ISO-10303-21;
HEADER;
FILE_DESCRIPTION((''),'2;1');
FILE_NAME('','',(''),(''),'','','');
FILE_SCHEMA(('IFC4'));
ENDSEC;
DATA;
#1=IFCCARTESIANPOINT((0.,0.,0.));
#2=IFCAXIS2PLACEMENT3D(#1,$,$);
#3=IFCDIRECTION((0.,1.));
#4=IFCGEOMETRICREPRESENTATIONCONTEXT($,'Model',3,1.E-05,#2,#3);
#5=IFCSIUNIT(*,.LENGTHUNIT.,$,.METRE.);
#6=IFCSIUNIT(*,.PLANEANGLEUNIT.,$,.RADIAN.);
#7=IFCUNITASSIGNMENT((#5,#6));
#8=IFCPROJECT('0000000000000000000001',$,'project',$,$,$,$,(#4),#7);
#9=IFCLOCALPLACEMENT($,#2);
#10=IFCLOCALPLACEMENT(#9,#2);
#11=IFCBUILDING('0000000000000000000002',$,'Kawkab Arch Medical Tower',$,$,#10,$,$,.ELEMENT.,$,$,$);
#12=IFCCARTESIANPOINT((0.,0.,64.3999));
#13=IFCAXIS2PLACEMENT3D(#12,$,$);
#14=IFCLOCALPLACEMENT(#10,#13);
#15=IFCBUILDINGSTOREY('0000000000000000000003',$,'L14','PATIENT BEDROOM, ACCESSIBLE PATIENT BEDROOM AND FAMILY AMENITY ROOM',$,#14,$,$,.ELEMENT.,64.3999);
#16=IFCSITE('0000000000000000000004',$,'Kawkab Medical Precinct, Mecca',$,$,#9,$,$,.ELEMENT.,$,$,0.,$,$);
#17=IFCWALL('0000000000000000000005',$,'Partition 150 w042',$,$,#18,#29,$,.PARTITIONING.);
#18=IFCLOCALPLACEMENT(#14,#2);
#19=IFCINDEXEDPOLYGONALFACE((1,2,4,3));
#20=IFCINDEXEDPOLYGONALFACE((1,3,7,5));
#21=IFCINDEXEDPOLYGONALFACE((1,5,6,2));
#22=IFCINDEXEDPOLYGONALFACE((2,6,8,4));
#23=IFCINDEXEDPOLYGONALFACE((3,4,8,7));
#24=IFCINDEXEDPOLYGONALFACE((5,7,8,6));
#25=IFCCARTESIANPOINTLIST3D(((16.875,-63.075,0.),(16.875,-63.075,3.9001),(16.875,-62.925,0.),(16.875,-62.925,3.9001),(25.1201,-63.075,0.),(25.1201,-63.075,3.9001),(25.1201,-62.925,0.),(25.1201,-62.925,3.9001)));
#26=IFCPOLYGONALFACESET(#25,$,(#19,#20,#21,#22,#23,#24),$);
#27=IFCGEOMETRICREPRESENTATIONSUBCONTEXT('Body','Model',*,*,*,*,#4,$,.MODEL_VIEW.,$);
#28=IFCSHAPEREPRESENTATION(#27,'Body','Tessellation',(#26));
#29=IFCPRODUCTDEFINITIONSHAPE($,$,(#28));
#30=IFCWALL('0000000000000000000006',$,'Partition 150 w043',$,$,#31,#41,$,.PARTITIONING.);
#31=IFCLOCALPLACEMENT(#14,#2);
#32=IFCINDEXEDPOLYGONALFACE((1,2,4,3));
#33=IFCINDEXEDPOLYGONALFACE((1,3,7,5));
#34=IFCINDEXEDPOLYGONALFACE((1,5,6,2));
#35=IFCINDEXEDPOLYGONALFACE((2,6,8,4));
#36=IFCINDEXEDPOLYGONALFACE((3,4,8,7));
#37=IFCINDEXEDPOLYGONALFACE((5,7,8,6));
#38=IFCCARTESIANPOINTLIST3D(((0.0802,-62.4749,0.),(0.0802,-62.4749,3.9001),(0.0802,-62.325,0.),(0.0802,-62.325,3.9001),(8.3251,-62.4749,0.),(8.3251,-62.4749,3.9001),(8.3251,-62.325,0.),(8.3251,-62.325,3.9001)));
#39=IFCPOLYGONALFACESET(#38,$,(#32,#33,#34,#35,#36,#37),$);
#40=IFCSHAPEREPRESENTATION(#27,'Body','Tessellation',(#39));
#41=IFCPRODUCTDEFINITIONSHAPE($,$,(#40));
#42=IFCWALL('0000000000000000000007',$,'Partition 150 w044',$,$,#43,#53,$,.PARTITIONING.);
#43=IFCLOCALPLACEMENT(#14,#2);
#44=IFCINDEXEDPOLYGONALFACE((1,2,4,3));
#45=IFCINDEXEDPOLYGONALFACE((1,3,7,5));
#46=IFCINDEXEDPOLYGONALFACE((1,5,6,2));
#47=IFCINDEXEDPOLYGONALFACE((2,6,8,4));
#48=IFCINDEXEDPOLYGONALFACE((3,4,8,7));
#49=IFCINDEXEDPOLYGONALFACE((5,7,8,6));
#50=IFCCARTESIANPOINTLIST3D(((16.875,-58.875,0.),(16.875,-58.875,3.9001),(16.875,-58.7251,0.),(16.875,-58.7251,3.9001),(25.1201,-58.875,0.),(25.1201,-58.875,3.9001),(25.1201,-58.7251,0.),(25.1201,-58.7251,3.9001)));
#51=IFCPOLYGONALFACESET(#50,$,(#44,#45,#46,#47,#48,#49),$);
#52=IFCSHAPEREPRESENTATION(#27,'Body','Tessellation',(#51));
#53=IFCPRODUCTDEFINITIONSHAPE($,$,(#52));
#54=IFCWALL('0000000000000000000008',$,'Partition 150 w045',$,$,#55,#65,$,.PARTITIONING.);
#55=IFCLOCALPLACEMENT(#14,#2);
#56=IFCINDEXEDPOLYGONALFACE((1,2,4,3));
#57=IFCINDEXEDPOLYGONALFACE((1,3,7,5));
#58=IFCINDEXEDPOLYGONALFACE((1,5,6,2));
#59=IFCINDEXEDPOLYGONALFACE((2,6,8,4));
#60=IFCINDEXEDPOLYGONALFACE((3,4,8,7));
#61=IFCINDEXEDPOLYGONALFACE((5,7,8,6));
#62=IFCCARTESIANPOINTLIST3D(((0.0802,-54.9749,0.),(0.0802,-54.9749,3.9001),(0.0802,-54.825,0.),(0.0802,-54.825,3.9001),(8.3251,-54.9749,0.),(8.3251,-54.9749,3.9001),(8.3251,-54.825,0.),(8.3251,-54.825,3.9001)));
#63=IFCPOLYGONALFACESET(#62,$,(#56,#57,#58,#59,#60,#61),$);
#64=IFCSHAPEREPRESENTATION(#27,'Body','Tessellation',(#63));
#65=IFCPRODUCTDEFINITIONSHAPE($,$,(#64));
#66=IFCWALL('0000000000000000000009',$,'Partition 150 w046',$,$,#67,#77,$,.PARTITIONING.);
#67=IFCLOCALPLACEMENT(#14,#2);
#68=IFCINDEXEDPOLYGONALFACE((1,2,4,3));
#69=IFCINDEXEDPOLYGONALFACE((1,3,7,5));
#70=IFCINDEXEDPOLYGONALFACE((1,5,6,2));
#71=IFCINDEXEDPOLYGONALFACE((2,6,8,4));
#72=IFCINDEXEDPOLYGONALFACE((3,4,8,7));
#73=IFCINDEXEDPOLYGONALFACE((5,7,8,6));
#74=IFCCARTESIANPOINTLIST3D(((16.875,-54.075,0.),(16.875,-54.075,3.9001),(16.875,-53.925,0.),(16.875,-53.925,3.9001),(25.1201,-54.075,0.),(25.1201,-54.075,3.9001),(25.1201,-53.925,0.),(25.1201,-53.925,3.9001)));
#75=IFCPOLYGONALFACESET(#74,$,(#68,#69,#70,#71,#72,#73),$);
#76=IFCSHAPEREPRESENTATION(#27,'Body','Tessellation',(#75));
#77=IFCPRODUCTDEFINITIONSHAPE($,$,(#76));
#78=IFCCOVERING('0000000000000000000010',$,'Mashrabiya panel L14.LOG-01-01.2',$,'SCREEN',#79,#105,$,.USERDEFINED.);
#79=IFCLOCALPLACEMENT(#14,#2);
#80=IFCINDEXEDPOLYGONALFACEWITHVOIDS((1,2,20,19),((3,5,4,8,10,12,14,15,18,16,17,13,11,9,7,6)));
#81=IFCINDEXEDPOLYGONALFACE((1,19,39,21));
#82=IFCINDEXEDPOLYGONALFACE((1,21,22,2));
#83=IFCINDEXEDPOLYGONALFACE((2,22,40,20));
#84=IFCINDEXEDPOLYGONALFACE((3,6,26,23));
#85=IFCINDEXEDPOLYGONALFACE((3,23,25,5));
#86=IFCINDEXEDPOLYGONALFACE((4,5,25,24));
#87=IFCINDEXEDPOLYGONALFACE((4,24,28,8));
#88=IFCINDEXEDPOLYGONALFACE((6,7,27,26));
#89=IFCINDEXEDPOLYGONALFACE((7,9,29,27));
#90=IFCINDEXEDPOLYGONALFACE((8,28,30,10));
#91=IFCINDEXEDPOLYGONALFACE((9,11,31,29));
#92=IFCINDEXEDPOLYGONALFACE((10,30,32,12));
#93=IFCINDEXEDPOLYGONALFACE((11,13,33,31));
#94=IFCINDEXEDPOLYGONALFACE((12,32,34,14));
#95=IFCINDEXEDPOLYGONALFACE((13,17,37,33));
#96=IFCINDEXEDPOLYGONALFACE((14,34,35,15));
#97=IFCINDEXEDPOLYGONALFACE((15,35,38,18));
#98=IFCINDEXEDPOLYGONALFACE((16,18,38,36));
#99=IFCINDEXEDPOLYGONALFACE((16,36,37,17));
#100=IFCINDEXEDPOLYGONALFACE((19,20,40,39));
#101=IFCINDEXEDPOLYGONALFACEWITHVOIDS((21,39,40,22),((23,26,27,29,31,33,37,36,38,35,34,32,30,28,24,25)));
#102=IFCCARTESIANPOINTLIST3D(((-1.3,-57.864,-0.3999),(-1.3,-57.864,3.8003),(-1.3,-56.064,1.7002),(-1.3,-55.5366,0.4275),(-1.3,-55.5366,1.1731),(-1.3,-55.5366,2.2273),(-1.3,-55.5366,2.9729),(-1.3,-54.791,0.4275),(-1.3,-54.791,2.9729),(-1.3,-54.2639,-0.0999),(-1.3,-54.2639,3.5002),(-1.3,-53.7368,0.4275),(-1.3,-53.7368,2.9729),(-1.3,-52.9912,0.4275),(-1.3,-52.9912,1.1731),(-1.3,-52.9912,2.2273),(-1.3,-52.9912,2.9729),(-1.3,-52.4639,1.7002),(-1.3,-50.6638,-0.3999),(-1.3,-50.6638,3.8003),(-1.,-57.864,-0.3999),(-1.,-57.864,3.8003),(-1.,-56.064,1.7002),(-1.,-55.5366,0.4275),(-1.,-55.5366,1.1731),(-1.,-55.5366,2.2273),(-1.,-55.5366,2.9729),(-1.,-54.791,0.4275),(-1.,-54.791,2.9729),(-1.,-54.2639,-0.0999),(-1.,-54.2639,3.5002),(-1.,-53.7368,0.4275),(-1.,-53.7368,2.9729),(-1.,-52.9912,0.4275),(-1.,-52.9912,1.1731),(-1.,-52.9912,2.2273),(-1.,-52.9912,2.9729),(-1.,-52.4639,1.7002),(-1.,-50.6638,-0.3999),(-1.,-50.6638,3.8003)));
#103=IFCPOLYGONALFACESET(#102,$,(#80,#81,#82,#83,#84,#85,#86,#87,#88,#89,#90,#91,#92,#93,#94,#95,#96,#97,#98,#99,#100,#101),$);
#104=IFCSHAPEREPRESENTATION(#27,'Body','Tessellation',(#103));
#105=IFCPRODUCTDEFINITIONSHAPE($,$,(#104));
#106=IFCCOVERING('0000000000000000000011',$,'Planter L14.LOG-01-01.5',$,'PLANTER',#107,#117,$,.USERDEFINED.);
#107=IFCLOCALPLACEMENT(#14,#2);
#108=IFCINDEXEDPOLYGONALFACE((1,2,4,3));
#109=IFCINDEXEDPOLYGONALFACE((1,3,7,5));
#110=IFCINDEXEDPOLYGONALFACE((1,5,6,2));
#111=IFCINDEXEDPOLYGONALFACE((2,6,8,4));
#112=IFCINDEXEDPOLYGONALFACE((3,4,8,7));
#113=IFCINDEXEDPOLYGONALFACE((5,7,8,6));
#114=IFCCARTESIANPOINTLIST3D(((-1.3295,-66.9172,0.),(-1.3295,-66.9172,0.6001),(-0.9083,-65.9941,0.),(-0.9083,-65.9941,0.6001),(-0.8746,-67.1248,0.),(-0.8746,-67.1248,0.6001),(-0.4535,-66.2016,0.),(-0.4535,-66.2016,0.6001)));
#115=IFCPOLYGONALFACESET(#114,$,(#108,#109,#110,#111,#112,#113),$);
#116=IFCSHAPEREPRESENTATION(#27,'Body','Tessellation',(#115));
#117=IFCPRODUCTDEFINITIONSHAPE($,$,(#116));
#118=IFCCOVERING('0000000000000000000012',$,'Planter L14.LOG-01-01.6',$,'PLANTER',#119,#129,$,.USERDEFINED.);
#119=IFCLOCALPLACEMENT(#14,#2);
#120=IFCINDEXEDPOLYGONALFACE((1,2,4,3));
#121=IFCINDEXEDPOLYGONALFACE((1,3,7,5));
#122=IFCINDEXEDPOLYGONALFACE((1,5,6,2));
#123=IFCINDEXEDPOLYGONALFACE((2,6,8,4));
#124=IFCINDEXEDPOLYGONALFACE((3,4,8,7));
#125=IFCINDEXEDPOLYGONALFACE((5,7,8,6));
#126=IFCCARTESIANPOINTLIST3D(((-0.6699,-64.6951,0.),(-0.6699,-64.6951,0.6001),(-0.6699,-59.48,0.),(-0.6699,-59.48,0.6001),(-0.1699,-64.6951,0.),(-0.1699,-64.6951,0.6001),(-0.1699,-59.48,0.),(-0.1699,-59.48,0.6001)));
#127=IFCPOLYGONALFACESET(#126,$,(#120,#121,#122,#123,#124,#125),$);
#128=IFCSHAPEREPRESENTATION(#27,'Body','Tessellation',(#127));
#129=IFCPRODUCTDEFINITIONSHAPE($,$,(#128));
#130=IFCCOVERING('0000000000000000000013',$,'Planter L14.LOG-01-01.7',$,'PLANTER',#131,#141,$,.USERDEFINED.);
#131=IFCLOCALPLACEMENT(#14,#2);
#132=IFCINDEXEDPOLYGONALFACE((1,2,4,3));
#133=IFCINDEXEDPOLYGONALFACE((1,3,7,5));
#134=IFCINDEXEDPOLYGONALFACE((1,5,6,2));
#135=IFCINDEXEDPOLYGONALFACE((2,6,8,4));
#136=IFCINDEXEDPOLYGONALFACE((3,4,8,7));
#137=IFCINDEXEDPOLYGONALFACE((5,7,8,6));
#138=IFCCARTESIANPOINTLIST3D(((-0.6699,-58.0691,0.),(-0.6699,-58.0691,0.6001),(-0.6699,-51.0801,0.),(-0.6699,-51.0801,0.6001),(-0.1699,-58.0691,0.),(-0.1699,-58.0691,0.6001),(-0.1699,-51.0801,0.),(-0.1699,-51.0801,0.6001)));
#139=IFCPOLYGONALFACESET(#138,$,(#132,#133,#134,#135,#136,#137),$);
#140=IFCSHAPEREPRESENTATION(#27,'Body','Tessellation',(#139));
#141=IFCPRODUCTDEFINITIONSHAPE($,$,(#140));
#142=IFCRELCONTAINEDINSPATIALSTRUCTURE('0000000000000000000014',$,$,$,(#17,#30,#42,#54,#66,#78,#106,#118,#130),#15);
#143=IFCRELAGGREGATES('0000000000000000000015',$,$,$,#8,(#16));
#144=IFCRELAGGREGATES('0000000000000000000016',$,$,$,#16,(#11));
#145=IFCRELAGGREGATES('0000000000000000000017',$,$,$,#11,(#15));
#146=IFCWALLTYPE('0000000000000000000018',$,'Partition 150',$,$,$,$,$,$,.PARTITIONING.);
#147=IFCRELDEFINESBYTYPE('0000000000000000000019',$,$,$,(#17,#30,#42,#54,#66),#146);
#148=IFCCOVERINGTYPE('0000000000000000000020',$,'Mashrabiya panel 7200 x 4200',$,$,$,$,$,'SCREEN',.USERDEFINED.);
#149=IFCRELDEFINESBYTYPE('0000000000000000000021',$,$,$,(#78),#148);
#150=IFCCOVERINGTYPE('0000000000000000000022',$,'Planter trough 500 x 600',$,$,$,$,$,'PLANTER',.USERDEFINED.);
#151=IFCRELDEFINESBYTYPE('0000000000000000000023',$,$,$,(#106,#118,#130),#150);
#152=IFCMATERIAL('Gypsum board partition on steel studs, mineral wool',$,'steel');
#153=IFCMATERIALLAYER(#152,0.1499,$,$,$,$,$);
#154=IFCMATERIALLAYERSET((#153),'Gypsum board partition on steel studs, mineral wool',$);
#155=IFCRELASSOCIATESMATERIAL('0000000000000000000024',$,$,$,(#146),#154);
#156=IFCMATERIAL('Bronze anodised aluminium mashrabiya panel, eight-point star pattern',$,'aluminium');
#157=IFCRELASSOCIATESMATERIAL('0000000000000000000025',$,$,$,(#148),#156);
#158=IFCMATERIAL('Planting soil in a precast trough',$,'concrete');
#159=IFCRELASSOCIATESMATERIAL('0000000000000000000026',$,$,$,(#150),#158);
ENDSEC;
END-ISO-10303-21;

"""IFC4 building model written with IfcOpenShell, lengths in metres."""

from ifc_helpers import new_model, si_unit, direction, frame, frame_2d, origin, origin_2d, place, context, subcontext, project, spatial, polyline, rectangle, outline, extrude, material, layer, layer_set, material_profile, profile_set, type_object, element, save


model = new_model("IFC4")

# Units and contexts
model_context = context("Model", 3, precision=1e-05, world=origin(), true_north=direction((0.0, 1.0)))
body_context = subcontext(model_context, "Body", "Model", "MODEL_VIEW")
ifc_project = project(units=[si_unit("LENGTHUNIT", "METRE"), si_unit("PLANEANGLEUNIT", "RADIAN")], contexts=[model_context])

# Site, building, storey
site_placement = place(None, origin())
site = spatial("IfcSite", under=ifc_project, at=site_placement, Name="Kawkab Medical Precinct, Mecca", CompositionType="ELEMENT", RefElevation=0.0)
building_placement = place(site_placement, origin())
building = spatial("IfcBuilding", under=site, at=building_placement, Name="Kawkab Arch Medical Tower", CompositionType="ELEMENT")
storey_placement = place(building_placement, frame((0.0, 0.0, 64.3999)))
storey = spatial("IfcBuildingStorey", under=building, at=storey_placement, Name="L14", Description="PATIENT BEDROOM, ACCESSIBLE PATIENT BEDROOM AND FAMILY AMENITY ROOM", CompositionType="ELEMENT", Elevation=64.3999)

# Walls
ifc_material_1 = material(Name="Gypsum board partition on steel studs, mineral wool", Category="steel")
ifc_layer_1 = layer(ifc_material_1, 0.1499)
ifc_layer_set_1 = layer_set([ifc_layer_1], Name="Gypsum board partition on steel studs, mineral wool")
wall_type_1 = type_object("IfcWallType", Name="Partition 150", PredefinedType="PARTITIONING", material=ifc_layer_set_1)
wall_1_placement = place(storey_placement, frame((16.875, -63.0, 0.0), z_axis=(0.0, 0.0, 1.0), x_axis=(1.0, 0.0, 0.0)))
element("IfcWall", 1, at=wall_1_placement, inside=storey, type_object=wall_type_1, Name="Partition 150 w042", PredefinedType="PARTITIONING", context=body_context, shape_type="SweptSolid", body=[
    extrude(rectangle(XDim=8.2451, YDim=0.1499, at=frame_2d((4.1226, 0.0))), origin(), (0.0, 0.0, 1.0), 3.9001),
])
wall_2_placement = place(storey_placement, frame((0.0801, -62.3999, 0.0), z_axis=(0.0, 0.0, 1.0), x_axis=(1.0, 0.0, 0.0)))
element("IfcWall", 2, at=wall_2_placement, inside=storey, type_object=wall_type_1, Name="Partition 150 w043", PredefinedType="PARTITIONING", context=body_context, shape_type="SweptSolid", body=[
    extrude(rectangle(XDim=8.2449, YDim=0.1499, at=frame_2d((4.1226, 0.0))), origin(), (0.0, 0.0, 1.0), 3.9001),
])
wall_3_placement = place(storey_placement, frame((16.875, -58.8, 0.0), z_axis=(0.0, 0.0, 1.0), x_axis=(1.0, 0.0, 0.0)))
element("IfcWall", 3, at=wall_3_placement, inside=storey, type_object=wall_type_1, Name="Partition 150 w044", PredefinedType="PARTITIONING", context=body_context, shape_type="SweptSolid", body=[
    extrude(rectangle(XDim=8.2451, YDim=0.1499, at=frame_2d((4.1226, 0.0))), origin(), (0.0, 0.0, 1.0), 3.9001),
])
wall_4_placement = place(storey_placement, frame((0.0801, -54.8999, 0.0), z_axis=(0.0, 0.0, 1.0), x_axis=(1.0, 0.0, 0.0)))
element("IfcWall", 4, at=wall_4_placement, inside=storey, type_object=wall_type_1, Name="Partition 150 w045", PredefinedType="PARTITIONING", context=body_context, shape_type="SweptSolid", body=[
    extrude(rectangle(XDim=8.2449, YDim=0.1499, at=frame_2d((4.1226, 0.0))), origin(), (0.0, 0.0, 1.0), 3.9001),
])
wall_5_placement = place(storey_placement, frame((16.875, -54.0, 0.0), z_axis=(0.0, 0.0, 1.0), x_axis=(1.0, 0.0, 0.0)))
element("IfcWall", 5, at=wall_5_placement, inside=storey, type_object=wall_type_1, Name="Partition 150 w046", PredefinedType="PARTITIONING", context=body_context, shape_type="SweptSolid", body=[
    extrude(rectangle(XDim=8.2451, YDim=0.1499, at=frame_2d((4.1226, 0.0))), origin(), (0.0, 0.0, 1.0), 3.9001),
])

# Coverings
ifc_material_2 = material(Name="Bronze anodised aluminium mashrabiya panel, eight-point star pattern", Category="aluminium")
ifc_material_profile_1 = material_profile(ifc_material_2, outline(polyline([(-3.6001, -2.1001), (3.6001, -2.1001), (3.6001, 2.1001), (-3.6001, 2.1001), (-3.6001, -2.1001)]), holes=[polyline([(1.8, 0.0), (1.2727, 0.5271), (1.2727, 1.2727), (0.5271, 1.2727), (0.0, 1.8), (-0.5271, 1.2727), (-1.2727, 1.2727), (-1.2727, 0.5271), (-1.8, 0.0), (-1.2727, -0.5271), (-1.2727, -1.2727), (-0.5271, -1.2727), (0.0, -1.8), (0.5271, -1.2727), (1.2727, -1.2727), (1.2727, -0.5271), (1.8, 0.0)])]), Name="Mashrabiya panel 7200x4200")
ifc_profile_set_1 = profile_set([ifc_material_profile_1], Name="Bronze anodised aluminium mashrabiya panel, eight-point star pattern")
covering_type_1 = type_object("IfcCoveringType", Name="Mashrabiya panel 7200 x 4200", ElementType="SCREEN", PredefinedType="USERDEFINED", material=ifc_profile_set_1)
covering_1_placement = place(storey_placement, frame((-1.0, -54.2639, 1.7002), z_axis=(-1.0, 0.0, 0.0), x_axis=(0.0, -1.0, 0.0)))
element("IfcCovering", 6, at=covering_1_placement, inside=storey, type_object=covering_type_1, Name="Mashrabiya panel L14.LOG-01-01.2", ObjectType="SCREEN", PredefinedType="USERDEFINED", context=body_context, shape_type="SweptSolid", body=[
    extrude(outline(polyline([(-3.6001, -2.1001), (3.6001, -2.1001), (3.6001, 2.1001), (-3.6001, 2.1001), (-3.6001, -2.1001)]), holes=[polyline([(1.8, 0.0), (1.2727, 0.5271), (1.2727, 1.2727), (0.5271, 1.2727), (0.0, 1.8), (-0.5271, 1.2727), (-1.2727, 1.2727), (-1.2727, 0.5271), (-1.8, 0.0), (-1.2727, -0.5271), (-1.2727, -1.2727), (-0.5271, -1.2727), (0.0, -1.8), (0.5271, -1.2727), (1.2727, -1.2727), (1.2727, -0.5271), (1.8, 0.0)])]), origin(), (0.0, 0.0, 1.0), 0.3),
])
ifc_material_3 = material(Name="Planting soil in a precast trough", Category="concrete")
ifc_material_profile_2 = material_profile(ifc_material_3, rectangle(XDim=0.5, YDim=0.6001, at=origin_2d()), Name="Trough 500x600")
ifc_profile_set_2 = profile_set([ifc_material_profile_2], Name="Planting soil in a precast trough")
covering_type_2 = type_object("IfcCoveringType", Name="Planter trough 500 x 600", ElementType="PLANTER", PredefinedType="USERDEFINED", material=ifc_profile_set_2)
covering_2_placement = place(storey_placement, frame((-1.1021, -67.021, 0.3), z_axis=(0.415072, 0.909789, 0.0), x_axis=(-0.909789, 0.415072, 0.0)))
element("IfcCovering", 7, at=covering_2_placement, inside=storey, type_object=covering_type_2, Name="Planter L14.LOG-01-01.5", ObjectType="PLANTER", PredefinedType="USERDEFINED", context=body_context, shape_type="SweptSolid", body=[
    extrude(rectangle(XDim=0.5, YDim=0.6001, at=origin_2d()), origin(), (0.0, 0.0, 1.0), 1.0146),
])
covering_3_placement = place(storey_placement, frame((-0.4199, -64.6951, 0.3), z_axis=(0.0, 1.0, 0.0), x_axis=(-1.0, 0.0, 0.0)))
element("IfcCovering", 8, at=covering_3_placement, inside=storey, type_object=covering_type_2, Name="Planter L14.LOG-01-01.6", ObjectType="PLANTER", PredefinedType="USERDEFINED", context=body_context, shape_type="SweptSolid", body=[
    extrude(rectangle(XDim=0.5, YDim=0.6001, at=origin_2d()), origin(), (0.0, 0.0, 1.0), 5.2151),
])
covering_4_placement = place(storey_placement, frame((-0.4199, -58.0691, 0.3), z_axis=(0.0, 1.0, 0.0), x_axis=(-1.0, 0.0, 0.0)))
element("IfcCovering", 9, at=covering_4_placement, inside=storey, type_object=covering_type_2, Name="Planter L14.LOG-01-01.7", ObjectType="PLANTER", PredefinedType="USERDEFINED", context=body_context, shape_type="SweptSolid", body=[
    extrude(rectangle(XDim=0.5, YDim=0.6001, at=origin_2d()), origin(), (0.0, 0.0, 1.0), 6.989),
])

save(model, "model.ifc")
